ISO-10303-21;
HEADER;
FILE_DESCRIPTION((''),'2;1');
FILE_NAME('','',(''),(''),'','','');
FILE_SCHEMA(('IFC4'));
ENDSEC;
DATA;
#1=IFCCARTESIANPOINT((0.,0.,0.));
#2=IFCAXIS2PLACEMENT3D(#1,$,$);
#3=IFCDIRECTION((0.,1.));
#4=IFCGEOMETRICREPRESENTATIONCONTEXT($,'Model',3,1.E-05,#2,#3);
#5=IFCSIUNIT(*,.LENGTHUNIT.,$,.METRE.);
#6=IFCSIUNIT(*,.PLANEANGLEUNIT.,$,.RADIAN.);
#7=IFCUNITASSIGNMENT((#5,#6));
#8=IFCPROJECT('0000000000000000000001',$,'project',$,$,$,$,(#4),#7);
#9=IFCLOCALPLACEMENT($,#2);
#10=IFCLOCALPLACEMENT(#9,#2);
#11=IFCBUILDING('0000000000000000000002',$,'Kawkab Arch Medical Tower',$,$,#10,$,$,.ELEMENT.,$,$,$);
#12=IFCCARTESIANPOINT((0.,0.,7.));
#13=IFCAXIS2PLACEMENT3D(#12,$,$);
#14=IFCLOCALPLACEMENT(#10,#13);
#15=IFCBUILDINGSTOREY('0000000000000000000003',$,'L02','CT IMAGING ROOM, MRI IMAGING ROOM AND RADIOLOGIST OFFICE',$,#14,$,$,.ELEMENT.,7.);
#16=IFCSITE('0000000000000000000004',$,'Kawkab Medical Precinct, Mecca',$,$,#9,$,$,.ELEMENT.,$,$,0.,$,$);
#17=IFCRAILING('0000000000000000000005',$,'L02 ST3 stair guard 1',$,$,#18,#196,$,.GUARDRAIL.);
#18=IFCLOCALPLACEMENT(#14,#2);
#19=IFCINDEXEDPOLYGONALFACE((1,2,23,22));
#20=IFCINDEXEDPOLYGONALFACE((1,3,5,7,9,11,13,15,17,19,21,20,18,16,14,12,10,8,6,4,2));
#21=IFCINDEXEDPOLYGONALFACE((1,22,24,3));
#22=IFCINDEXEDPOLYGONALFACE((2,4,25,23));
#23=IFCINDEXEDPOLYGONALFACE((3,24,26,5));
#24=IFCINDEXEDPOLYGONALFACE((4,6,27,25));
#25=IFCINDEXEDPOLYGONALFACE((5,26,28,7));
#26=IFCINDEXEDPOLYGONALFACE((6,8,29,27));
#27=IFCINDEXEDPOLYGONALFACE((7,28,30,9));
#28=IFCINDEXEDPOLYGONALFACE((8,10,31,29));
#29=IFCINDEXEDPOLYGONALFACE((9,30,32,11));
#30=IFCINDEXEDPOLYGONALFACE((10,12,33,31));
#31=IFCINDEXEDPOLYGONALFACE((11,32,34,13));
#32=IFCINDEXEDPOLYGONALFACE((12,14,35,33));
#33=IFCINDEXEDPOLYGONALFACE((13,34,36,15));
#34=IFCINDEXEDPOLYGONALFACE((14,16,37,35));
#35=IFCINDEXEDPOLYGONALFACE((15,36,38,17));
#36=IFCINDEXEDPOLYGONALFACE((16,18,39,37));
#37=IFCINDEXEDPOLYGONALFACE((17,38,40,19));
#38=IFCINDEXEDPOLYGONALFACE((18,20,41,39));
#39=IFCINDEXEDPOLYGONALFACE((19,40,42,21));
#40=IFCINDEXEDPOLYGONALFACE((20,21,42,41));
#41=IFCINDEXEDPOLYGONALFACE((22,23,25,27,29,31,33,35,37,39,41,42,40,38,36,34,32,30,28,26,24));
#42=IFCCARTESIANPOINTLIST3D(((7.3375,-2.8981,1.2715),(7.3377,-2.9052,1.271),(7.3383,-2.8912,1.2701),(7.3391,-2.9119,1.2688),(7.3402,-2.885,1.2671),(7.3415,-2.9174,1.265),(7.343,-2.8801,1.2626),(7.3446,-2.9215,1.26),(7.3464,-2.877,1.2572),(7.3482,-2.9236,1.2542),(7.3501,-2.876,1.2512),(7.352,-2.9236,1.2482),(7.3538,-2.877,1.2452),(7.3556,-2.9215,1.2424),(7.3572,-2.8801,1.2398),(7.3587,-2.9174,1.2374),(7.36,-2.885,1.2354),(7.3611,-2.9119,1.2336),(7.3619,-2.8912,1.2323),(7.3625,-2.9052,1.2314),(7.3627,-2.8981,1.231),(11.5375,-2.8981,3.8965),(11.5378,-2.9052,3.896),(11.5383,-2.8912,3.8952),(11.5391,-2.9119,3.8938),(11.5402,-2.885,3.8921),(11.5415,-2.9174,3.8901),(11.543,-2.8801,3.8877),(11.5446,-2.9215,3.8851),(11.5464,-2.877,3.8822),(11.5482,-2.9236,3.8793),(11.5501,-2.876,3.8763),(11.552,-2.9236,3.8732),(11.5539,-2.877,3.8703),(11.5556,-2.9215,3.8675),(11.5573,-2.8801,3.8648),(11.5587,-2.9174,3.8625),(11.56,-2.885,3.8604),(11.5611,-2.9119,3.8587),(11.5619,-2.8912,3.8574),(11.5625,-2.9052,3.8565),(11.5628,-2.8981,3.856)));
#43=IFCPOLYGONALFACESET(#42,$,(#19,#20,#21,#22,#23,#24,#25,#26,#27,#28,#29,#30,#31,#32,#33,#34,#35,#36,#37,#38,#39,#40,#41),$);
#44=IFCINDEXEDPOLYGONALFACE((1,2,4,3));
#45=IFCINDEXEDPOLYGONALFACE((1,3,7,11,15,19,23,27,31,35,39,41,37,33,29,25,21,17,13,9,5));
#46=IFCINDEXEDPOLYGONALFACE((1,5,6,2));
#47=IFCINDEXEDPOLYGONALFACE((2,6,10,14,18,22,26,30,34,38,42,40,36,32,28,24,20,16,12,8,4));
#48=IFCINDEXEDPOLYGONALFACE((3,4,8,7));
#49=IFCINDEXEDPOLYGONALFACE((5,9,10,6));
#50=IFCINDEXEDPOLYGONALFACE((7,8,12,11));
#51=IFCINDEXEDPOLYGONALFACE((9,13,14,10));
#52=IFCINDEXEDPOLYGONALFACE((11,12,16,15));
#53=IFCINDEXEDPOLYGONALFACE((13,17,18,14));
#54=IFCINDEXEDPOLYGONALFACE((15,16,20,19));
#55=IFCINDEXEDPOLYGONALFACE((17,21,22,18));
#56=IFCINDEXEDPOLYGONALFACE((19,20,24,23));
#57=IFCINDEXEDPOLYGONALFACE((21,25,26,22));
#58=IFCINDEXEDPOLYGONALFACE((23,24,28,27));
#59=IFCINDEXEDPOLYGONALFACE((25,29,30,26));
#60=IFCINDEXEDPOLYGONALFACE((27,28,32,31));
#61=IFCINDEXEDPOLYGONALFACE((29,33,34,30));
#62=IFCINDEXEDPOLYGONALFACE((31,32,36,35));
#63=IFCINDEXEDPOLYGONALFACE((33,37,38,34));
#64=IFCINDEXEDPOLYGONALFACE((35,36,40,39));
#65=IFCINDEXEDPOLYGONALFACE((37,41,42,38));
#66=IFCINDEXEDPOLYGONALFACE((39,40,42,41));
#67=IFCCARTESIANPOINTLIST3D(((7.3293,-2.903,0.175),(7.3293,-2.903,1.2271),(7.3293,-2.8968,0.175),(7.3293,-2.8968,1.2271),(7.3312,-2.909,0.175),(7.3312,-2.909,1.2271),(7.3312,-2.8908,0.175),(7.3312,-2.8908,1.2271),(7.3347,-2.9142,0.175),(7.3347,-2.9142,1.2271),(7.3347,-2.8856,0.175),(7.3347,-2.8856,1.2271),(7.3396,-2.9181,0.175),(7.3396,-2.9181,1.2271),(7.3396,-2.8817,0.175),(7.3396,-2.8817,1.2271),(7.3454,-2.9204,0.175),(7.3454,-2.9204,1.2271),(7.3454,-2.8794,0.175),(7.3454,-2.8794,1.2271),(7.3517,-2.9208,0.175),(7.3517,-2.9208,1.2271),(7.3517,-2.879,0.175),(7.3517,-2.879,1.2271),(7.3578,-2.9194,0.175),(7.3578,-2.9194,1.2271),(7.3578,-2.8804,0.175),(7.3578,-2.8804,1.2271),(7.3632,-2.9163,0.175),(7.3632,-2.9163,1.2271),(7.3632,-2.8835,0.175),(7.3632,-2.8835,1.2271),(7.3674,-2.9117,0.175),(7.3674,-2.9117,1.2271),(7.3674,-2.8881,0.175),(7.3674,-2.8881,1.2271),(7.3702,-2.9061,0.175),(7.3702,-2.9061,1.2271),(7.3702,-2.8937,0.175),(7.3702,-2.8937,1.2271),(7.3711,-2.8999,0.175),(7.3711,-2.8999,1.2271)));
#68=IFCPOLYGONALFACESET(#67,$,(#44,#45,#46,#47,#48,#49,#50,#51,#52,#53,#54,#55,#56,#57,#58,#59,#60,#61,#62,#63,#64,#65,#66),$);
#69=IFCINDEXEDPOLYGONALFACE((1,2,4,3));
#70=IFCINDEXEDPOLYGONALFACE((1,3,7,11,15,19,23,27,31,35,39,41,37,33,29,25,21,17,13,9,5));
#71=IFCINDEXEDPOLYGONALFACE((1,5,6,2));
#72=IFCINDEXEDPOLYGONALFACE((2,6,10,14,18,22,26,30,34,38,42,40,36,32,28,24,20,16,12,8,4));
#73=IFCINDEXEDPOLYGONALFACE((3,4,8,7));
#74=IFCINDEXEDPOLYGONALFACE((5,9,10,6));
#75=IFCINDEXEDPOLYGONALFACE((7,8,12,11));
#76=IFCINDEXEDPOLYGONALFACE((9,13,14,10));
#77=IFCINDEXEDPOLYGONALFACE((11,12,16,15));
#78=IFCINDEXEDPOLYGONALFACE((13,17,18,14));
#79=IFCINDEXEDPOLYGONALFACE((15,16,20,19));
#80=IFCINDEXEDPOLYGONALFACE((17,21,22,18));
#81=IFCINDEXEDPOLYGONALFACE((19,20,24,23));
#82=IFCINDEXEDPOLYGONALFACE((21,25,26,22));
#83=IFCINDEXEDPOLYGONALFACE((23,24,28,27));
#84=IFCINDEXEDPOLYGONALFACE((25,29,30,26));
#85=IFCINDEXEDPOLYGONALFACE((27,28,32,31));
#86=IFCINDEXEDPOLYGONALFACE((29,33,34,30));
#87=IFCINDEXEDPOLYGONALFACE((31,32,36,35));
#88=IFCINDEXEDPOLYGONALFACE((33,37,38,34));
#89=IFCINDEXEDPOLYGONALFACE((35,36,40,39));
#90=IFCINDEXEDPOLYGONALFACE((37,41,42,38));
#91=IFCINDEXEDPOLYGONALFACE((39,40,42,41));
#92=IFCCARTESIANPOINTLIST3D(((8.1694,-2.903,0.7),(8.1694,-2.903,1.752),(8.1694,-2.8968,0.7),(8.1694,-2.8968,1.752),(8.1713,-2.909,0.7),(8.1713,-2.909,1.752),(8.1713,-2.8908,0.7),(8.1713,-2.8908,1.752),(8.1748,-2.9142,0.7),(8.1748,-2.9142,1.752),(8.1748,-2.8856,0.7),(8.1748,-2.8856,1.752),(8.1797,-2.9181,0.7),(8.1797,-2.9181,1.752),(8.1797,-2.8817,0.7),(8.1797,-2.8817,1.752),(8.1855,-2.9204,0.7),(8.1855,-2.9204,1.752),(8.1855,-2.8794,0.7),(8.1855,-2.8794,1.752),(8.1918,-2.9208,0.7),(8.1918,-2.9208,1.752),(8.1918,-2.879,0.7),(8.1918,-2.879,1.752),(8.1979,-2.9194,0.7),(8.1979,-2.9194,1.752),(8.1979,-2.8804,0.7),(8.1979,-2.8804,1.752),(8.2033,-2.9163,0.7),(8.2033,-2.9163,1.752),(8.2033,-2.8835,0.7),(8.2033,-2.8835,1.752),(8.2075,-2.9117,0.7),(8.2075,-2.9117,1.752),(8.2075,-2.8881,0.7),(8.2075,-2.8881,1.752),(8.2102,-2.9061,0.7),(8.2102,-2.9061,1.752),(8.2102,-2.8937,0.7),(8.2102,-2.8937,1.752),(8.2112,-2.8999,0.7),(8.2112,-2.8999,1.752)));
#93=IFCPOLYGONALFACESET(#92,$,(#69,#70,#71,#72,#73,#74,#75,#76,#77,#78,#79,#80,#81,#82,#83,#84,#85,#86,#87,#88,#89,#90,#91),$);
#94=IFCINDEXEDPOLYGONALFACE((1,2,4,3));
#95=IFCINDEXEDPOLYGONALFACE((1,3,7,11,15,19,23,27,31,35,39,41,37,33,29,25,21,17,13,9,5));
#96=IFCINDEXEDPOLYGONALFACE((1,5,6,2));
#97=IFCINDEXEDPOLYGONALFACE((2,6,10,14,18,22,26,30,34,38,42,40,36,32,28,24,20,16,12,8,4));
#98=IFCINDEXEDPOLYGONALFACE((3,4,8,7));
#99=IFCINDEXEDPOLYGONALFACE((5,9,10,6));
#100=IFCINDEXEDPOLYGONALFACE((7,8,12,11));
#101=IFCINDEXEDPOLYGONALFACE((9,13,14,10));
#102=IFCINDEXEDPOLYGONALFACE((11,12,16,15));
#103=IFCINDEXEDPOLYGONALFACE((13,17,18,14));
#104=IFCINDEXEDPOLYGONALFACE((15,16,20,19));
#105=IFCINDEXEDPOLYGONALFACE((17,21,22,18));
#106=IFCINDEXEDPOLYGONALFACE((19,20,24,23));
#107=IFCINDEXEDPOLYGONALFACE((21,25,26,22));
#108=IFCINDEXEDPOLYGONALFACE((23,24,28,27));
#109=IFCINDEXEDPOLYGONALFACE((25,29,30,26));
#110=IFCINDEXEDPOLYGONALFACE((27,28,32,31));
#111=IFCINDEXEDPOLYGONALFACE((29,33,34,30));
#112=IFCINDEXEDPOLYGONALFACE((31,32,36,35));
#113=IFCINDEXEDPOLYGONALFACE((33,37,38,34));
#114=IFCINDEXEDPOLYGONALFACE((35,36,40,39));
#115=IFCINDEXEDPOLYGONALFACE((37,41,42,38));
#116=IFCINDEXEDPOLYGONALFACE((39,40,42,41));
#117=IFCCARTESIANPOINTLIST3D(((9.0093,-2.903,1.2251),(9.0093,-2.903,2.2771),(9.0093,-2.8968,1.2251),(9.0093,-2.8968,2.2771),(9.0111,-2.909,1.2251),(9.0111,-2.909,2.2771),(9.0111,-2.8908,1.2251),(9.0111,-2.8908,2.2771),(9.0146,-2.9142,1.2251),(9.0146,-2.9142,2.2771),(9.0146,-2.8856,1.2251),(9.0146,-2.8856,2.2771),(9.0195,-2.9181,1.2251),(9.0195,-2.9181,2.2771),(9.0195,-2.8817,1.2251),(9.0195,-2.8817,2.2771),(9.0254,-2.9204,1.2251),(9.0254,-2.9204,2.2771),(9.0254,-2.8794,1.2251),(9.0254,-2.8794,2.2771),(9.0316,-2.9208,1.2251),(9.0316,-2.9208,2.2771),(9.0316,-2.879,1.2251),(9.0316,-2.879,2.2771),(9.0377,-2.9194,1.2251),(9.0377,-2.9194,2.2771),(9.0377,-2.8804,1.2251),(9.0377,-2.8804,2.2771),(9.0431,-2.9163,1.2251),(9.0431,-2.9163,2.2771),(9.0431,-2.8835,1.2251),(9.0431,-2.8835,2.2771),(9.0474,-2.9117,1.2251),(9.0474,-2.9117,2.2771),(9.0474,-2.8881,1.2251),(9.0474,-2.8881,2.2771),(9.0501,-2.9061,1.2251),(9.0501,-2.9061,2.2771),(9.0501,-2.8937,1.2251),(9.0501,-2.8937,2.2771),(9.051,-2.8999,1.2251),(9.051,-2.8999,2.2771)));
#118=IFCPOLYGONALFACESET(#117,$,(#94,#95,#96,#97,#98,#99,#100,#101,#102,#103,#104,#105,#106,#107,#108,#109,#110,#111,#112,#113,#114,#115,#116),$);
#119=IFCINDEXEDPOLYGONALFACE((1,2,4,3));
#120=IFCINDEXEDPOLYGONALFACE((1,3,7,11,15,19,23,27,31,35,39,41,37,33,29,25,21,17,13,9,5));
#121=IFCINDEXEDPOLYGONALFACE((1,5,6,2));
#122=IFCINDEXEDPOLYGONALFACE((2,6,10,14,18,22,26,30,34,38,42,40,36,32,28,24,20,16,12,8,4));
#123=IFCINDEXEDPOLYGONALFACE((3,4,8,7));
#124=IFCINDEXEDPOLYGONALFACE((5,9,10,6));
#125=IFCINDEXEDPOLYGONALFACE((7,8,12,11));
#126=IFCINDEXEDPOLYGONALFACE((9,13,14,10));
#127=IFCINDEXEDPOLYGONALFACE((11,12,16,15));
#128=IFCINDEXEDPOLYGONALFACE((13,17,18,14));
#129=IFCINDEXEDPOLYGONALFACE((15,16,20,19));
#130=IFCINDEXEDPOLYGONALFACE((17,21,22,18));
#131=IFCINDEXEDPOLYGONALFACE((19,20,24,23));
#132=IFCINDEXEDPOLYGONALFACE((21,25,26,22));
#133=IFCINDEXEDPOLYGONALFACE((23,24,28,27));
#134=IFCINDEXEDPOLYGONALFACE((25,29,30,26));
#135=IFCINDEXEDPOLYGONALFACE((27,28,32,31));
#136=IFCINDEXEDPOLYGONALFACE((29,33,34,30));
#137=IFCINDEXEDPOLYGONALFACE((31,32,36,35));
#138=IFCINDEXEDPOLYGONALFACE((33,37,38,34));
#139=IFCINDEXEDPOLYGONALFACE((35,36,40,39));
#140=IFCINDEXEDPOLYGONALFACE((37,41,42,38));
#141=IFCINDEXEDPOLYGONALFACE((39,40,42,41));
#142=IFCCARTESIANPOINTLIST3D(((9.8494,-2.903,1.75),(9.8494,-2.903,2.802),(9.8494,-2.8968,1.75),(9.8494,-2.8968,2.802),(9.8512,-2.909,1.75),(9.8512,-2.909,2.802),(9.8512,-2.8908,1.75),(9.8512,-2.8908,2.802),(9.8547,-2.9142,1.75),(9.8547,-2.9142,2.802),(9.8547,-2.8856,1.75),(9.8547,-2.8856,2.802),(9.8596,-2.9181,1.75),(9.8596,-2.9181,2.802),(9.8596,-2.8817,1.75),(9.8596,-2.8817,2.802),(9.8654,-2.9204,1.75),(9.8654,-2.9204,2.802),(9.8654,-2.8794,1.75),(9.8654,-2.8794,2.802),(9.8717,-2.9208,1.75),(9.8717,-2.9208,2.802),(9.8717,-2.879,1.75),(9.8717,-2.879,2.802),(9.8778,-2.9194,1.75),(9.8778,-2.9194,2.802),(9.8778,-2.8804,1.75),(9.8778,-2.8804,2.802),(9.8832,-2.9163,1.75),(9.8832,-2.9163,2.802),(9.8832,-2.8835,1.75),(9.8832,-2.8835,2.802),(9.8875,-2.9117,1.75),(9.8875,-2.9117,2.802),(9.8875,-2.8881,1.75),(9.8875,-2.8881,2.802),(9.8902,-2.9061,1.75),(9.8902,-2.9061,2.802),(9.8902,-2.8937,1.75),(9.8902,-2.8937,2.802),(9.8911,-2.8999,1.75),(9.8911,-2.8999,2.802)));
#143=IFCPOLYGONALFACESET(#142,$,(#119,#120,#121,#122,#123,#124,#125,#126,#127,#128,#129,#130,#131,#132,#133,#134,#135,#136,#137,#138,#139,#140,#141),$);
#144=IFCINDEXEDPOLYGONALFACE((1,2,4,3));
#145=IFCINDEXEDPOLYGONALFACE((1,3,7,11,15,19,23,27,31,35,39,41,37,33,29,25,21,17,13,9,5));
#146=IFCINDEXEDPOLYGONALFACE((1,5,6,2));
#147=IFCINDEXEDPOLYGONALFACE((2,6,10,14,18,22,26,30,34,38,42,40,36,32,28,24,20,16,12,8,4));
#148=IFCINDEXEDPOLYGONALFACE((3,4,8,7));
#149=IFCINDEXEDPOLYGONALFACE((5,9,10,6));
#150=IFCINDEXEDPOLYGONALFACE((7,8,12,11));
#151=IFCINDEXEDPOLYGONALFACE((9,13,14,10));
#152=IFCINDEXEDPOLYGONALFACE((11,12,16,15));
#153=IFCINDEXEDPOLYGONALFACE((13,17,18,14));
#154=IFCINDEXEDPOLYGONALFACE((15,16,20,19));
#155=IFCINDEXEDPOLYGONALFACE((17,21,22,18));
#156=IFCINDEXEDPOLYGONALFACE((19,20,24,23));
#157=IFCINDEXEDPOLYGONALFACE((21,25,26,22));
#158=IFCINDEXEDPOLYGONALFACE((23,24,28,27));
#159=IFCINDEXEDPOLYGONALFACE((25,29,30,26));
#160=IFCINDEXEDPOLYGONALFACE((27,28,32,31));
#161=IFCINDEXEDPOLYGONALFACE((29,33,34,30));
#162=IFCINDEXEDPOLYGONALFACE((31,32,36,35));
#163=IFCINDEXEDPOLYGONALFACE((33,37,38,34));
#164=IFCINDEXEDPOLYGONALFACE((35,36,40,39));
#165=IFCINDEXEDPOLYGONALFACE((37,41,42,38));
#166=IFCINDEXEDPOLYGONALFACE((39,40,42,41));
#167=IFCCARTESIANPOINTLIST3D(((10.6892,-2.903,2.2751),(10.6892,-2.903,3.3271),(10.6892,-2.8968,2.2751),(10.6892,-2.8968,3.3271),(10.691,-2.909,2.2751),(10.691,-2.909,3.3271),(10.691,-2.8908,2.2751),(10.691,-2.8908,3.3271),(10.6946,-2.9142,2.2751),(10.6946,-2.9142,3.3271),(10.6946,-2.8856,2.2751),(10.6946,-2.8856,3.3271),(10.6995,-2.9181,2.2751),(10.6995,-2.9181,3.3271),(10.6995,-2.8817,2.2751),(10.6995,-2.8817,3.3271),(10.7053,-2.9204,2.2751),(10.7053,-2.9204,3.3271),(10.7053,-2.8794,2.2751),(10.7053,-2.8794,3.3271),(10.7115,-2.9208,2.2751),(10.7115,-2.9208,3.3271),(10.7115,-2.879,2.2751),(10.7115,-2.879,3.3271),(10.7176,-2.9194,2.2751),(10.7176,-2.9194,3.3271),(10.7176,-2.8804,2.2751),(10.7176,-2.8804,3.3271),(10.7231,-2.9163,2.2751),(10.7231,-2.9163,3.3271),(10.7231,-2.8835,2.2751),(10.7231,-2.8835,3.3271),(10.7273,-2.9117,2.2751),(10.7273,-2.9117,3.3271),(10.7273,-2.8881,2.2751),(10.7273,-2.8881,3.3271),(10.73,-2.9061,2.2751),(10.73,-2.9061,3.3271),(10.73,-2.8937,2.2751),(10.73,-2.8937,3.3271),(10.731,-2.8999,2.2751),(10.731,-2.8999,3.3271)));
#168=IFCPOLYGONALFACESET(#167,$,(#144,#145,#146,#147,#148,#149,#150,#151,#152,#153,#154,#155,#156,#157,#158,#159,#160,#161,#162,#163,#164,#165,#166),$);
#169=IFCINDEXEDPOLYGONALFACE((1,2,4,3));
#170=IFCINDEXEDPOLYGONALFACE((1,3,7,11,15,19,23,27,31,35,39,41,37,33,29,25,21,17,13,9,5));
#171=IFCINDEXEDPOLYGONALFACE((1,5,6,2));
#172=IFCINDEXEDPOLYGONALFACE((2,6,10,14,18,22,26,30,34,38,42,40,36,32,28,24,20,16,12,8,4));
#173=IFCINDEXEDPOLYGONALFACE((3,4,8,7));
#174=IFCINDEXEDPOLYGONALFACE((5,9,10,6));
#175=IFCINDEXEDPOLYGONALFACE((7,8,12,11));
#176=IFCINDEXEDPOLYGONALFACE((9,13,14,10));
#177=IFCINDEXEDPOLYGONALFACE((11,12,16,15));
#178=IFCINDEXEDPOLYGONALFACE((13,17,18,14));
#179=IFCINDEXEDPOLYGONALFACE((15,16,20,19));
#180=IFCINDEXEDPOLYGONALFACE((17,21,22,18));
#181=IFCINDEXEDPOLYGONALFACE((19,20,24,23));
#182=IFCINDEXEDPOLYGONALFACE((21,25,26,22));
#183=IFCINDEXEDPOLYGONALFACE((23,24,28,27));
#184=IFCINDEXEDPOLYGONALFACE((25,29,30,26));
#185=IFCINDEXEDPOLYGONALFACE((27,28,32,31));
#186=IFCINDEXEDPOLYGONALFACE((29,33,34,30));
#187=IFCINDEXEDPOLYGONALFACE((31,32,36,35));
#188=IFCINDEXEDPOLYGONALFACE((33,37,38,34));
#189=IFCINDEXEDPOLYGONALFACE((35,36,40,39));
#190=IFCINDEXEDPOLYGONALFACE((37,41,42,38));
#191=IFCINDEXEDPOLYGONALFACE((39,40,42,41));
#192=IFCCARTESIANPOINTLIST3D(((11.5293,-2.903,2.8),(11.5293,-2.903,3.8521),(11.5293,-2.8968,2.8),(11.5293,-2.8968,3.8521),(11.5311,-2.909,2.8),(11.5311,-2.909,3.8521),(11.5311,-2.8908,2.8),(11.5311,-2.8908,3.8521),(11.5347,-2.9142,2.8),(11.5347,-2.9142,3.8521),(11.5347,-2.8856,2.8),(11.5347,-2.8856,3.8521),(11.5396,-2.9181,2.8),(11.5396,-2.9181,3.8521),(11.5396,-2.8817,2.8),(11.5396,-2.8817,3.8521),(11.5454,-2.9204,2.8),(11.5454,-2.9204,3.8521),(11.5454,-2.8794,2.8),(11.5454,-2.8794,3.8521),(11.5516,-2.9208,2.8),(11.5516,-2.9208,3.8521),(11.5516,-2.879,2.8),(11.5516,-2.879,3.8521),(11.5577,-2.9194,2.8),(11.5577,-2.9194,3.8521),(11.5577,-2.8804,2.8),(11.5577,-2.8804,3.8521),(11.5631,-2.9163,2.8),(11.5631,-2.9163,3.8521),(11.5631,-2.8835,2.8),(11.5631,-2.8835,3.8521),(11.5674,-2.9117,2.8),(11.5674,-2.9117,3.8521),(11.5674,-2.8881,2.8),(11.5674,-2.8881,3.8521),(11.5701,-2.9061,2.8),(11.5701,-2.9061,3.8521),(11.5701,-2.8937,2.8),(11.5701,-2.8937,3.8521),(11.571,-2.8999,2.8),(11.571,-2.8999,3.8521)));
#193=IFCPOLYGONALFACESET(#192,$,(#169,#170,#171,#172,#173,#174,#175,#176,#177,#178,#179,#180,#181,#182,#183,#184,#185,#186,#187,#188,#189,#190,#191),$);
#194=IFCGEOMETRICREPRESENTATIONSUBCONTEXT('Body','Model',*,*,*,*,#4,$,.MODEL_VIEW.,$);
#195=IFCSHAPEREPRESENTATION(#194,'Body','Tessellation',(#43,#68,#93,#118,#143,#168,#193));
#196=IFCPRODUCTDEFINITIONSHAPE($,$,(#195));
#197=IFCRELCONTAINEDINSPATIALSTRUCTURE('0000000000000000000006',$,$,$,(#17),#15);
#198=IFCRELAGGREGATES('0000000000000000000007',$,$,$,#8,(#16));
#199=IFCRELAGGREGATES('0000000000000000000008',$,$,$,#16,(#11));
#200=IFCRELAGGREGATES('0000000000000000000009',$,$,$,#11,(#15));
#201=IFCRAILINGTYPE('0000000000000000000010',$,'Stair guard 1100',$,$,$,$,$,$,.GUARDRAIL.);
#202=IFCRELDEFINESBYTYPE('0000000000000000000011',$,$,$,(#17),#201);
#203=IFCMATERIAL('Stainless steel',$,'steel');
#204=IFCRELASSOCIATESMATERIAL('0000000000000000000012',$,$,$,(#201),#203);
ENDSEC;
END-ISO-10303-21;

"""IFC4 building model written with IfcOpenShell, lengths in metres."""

from ifc_helpers import new_model, si_unit, direction, frame, origin, origin_2d, place, context, subcontext, project, spatial, circle, extrude, material, type_object, element, save


model = new_model("IFC4")

# Units and contexts
model_context = context("Model", 3, precision=1e-05, world=origin(), true_north=direction((0.0, 1.0)))
body_context = subcontext(model_context, "Body", "Model", "MODEL_VIEW")
ifc_project = project(units=[si_unit("LENGTHUNIT", "METRE"), si_unit("PLANEANGLEUNIT", "RADIAN")], contexts=[model_context])

# Site, building, storey
site_placement = place(None, origin())
site = spatial("IfcSite", under=ifc_project, at=site_placement, Name="Kawkab Medical Precinct, Mecca", CompositionType="ELEMENT", RefElevation=0.0)
building_placement = place(site_placement, origin())
building = spatial("IfcBuilding", under=site, at=building_placement, Name="Kawkab Arch Medical Tower", CompositionType="ELEMENT")
storey_placement = place(building_placement, frame((0.0, 0.0, 7.0)))
storey = spatial("IfcBuildingStorey", under=building, at=storey_placement, Name="L02", Description="CT IMAGING ROOM, MRI IMAGING ROOM AND RADIOLOGIST OFFICE", CompositionType="ELEMENT", Elevation=7.0)

# Railing
ifc_material_1 = material(Name="Stainless steel", Category="steel")
railing_type = type_object("IfcRailingType", Name="Stair guard 1100", PredefinedType="GUARDRAIL", material=ifc_material_1)
railing_1_placement = place(storey_placement, frame((7.3501, -2.8999, 0.175)))
element("IfcRailing", 1, at=railing_1_placement, inside=storey, type_object=railing_type, Name="L02 ST3 stair guard 1", PredefinedType="GUARDRAIL", context=body_context, shape_type="SweptSolid", body=[
    extrude(circle(Radius=0.0239, at=origin_2d()), frame((0.0, 0.0, 1.0762), z_axis=(0.847996, 0.0, 0.530003), x_axis=(0.0, 1.0, 0.0)), (0.0, 0.0, 1.0), 4.9529),
    extrude(circle(Radius=0.021, at=origin_2d()), origin(), (0.0, 0.0, 1.0), 1.052),
    extrude(circle(Radius=0.021, at=origin_2d()), frame((0.8401, 0.0, 0.5249)), (0.0, 0.0, 1.0), 1.052),
    extrude(circle(Radius=0.021, at=origin_2d()), frame((1.6799, 0.0, 1.05)), (0.0, 0.0, 1.0), 1.052),
    extrude(circle(Radius=0.021, at=origin_2d()), frame((2.52, 0.0, 1.575)), (0.0, 0.0, 1.0), 1.052),
    extrude(circle(Radius=0.021, at=origin_2d()), frame((3.3599, 0.0, 2.1001)), (0.0, 0.0, 1.0), 1.052),
    extrude(circle(Radius=0.021, at=origin_2d()), frame((4.2, 0.0, 2.625)), (0.0, 0.0, 1.0), 1.052),
])

save(model, "model.ifc")
